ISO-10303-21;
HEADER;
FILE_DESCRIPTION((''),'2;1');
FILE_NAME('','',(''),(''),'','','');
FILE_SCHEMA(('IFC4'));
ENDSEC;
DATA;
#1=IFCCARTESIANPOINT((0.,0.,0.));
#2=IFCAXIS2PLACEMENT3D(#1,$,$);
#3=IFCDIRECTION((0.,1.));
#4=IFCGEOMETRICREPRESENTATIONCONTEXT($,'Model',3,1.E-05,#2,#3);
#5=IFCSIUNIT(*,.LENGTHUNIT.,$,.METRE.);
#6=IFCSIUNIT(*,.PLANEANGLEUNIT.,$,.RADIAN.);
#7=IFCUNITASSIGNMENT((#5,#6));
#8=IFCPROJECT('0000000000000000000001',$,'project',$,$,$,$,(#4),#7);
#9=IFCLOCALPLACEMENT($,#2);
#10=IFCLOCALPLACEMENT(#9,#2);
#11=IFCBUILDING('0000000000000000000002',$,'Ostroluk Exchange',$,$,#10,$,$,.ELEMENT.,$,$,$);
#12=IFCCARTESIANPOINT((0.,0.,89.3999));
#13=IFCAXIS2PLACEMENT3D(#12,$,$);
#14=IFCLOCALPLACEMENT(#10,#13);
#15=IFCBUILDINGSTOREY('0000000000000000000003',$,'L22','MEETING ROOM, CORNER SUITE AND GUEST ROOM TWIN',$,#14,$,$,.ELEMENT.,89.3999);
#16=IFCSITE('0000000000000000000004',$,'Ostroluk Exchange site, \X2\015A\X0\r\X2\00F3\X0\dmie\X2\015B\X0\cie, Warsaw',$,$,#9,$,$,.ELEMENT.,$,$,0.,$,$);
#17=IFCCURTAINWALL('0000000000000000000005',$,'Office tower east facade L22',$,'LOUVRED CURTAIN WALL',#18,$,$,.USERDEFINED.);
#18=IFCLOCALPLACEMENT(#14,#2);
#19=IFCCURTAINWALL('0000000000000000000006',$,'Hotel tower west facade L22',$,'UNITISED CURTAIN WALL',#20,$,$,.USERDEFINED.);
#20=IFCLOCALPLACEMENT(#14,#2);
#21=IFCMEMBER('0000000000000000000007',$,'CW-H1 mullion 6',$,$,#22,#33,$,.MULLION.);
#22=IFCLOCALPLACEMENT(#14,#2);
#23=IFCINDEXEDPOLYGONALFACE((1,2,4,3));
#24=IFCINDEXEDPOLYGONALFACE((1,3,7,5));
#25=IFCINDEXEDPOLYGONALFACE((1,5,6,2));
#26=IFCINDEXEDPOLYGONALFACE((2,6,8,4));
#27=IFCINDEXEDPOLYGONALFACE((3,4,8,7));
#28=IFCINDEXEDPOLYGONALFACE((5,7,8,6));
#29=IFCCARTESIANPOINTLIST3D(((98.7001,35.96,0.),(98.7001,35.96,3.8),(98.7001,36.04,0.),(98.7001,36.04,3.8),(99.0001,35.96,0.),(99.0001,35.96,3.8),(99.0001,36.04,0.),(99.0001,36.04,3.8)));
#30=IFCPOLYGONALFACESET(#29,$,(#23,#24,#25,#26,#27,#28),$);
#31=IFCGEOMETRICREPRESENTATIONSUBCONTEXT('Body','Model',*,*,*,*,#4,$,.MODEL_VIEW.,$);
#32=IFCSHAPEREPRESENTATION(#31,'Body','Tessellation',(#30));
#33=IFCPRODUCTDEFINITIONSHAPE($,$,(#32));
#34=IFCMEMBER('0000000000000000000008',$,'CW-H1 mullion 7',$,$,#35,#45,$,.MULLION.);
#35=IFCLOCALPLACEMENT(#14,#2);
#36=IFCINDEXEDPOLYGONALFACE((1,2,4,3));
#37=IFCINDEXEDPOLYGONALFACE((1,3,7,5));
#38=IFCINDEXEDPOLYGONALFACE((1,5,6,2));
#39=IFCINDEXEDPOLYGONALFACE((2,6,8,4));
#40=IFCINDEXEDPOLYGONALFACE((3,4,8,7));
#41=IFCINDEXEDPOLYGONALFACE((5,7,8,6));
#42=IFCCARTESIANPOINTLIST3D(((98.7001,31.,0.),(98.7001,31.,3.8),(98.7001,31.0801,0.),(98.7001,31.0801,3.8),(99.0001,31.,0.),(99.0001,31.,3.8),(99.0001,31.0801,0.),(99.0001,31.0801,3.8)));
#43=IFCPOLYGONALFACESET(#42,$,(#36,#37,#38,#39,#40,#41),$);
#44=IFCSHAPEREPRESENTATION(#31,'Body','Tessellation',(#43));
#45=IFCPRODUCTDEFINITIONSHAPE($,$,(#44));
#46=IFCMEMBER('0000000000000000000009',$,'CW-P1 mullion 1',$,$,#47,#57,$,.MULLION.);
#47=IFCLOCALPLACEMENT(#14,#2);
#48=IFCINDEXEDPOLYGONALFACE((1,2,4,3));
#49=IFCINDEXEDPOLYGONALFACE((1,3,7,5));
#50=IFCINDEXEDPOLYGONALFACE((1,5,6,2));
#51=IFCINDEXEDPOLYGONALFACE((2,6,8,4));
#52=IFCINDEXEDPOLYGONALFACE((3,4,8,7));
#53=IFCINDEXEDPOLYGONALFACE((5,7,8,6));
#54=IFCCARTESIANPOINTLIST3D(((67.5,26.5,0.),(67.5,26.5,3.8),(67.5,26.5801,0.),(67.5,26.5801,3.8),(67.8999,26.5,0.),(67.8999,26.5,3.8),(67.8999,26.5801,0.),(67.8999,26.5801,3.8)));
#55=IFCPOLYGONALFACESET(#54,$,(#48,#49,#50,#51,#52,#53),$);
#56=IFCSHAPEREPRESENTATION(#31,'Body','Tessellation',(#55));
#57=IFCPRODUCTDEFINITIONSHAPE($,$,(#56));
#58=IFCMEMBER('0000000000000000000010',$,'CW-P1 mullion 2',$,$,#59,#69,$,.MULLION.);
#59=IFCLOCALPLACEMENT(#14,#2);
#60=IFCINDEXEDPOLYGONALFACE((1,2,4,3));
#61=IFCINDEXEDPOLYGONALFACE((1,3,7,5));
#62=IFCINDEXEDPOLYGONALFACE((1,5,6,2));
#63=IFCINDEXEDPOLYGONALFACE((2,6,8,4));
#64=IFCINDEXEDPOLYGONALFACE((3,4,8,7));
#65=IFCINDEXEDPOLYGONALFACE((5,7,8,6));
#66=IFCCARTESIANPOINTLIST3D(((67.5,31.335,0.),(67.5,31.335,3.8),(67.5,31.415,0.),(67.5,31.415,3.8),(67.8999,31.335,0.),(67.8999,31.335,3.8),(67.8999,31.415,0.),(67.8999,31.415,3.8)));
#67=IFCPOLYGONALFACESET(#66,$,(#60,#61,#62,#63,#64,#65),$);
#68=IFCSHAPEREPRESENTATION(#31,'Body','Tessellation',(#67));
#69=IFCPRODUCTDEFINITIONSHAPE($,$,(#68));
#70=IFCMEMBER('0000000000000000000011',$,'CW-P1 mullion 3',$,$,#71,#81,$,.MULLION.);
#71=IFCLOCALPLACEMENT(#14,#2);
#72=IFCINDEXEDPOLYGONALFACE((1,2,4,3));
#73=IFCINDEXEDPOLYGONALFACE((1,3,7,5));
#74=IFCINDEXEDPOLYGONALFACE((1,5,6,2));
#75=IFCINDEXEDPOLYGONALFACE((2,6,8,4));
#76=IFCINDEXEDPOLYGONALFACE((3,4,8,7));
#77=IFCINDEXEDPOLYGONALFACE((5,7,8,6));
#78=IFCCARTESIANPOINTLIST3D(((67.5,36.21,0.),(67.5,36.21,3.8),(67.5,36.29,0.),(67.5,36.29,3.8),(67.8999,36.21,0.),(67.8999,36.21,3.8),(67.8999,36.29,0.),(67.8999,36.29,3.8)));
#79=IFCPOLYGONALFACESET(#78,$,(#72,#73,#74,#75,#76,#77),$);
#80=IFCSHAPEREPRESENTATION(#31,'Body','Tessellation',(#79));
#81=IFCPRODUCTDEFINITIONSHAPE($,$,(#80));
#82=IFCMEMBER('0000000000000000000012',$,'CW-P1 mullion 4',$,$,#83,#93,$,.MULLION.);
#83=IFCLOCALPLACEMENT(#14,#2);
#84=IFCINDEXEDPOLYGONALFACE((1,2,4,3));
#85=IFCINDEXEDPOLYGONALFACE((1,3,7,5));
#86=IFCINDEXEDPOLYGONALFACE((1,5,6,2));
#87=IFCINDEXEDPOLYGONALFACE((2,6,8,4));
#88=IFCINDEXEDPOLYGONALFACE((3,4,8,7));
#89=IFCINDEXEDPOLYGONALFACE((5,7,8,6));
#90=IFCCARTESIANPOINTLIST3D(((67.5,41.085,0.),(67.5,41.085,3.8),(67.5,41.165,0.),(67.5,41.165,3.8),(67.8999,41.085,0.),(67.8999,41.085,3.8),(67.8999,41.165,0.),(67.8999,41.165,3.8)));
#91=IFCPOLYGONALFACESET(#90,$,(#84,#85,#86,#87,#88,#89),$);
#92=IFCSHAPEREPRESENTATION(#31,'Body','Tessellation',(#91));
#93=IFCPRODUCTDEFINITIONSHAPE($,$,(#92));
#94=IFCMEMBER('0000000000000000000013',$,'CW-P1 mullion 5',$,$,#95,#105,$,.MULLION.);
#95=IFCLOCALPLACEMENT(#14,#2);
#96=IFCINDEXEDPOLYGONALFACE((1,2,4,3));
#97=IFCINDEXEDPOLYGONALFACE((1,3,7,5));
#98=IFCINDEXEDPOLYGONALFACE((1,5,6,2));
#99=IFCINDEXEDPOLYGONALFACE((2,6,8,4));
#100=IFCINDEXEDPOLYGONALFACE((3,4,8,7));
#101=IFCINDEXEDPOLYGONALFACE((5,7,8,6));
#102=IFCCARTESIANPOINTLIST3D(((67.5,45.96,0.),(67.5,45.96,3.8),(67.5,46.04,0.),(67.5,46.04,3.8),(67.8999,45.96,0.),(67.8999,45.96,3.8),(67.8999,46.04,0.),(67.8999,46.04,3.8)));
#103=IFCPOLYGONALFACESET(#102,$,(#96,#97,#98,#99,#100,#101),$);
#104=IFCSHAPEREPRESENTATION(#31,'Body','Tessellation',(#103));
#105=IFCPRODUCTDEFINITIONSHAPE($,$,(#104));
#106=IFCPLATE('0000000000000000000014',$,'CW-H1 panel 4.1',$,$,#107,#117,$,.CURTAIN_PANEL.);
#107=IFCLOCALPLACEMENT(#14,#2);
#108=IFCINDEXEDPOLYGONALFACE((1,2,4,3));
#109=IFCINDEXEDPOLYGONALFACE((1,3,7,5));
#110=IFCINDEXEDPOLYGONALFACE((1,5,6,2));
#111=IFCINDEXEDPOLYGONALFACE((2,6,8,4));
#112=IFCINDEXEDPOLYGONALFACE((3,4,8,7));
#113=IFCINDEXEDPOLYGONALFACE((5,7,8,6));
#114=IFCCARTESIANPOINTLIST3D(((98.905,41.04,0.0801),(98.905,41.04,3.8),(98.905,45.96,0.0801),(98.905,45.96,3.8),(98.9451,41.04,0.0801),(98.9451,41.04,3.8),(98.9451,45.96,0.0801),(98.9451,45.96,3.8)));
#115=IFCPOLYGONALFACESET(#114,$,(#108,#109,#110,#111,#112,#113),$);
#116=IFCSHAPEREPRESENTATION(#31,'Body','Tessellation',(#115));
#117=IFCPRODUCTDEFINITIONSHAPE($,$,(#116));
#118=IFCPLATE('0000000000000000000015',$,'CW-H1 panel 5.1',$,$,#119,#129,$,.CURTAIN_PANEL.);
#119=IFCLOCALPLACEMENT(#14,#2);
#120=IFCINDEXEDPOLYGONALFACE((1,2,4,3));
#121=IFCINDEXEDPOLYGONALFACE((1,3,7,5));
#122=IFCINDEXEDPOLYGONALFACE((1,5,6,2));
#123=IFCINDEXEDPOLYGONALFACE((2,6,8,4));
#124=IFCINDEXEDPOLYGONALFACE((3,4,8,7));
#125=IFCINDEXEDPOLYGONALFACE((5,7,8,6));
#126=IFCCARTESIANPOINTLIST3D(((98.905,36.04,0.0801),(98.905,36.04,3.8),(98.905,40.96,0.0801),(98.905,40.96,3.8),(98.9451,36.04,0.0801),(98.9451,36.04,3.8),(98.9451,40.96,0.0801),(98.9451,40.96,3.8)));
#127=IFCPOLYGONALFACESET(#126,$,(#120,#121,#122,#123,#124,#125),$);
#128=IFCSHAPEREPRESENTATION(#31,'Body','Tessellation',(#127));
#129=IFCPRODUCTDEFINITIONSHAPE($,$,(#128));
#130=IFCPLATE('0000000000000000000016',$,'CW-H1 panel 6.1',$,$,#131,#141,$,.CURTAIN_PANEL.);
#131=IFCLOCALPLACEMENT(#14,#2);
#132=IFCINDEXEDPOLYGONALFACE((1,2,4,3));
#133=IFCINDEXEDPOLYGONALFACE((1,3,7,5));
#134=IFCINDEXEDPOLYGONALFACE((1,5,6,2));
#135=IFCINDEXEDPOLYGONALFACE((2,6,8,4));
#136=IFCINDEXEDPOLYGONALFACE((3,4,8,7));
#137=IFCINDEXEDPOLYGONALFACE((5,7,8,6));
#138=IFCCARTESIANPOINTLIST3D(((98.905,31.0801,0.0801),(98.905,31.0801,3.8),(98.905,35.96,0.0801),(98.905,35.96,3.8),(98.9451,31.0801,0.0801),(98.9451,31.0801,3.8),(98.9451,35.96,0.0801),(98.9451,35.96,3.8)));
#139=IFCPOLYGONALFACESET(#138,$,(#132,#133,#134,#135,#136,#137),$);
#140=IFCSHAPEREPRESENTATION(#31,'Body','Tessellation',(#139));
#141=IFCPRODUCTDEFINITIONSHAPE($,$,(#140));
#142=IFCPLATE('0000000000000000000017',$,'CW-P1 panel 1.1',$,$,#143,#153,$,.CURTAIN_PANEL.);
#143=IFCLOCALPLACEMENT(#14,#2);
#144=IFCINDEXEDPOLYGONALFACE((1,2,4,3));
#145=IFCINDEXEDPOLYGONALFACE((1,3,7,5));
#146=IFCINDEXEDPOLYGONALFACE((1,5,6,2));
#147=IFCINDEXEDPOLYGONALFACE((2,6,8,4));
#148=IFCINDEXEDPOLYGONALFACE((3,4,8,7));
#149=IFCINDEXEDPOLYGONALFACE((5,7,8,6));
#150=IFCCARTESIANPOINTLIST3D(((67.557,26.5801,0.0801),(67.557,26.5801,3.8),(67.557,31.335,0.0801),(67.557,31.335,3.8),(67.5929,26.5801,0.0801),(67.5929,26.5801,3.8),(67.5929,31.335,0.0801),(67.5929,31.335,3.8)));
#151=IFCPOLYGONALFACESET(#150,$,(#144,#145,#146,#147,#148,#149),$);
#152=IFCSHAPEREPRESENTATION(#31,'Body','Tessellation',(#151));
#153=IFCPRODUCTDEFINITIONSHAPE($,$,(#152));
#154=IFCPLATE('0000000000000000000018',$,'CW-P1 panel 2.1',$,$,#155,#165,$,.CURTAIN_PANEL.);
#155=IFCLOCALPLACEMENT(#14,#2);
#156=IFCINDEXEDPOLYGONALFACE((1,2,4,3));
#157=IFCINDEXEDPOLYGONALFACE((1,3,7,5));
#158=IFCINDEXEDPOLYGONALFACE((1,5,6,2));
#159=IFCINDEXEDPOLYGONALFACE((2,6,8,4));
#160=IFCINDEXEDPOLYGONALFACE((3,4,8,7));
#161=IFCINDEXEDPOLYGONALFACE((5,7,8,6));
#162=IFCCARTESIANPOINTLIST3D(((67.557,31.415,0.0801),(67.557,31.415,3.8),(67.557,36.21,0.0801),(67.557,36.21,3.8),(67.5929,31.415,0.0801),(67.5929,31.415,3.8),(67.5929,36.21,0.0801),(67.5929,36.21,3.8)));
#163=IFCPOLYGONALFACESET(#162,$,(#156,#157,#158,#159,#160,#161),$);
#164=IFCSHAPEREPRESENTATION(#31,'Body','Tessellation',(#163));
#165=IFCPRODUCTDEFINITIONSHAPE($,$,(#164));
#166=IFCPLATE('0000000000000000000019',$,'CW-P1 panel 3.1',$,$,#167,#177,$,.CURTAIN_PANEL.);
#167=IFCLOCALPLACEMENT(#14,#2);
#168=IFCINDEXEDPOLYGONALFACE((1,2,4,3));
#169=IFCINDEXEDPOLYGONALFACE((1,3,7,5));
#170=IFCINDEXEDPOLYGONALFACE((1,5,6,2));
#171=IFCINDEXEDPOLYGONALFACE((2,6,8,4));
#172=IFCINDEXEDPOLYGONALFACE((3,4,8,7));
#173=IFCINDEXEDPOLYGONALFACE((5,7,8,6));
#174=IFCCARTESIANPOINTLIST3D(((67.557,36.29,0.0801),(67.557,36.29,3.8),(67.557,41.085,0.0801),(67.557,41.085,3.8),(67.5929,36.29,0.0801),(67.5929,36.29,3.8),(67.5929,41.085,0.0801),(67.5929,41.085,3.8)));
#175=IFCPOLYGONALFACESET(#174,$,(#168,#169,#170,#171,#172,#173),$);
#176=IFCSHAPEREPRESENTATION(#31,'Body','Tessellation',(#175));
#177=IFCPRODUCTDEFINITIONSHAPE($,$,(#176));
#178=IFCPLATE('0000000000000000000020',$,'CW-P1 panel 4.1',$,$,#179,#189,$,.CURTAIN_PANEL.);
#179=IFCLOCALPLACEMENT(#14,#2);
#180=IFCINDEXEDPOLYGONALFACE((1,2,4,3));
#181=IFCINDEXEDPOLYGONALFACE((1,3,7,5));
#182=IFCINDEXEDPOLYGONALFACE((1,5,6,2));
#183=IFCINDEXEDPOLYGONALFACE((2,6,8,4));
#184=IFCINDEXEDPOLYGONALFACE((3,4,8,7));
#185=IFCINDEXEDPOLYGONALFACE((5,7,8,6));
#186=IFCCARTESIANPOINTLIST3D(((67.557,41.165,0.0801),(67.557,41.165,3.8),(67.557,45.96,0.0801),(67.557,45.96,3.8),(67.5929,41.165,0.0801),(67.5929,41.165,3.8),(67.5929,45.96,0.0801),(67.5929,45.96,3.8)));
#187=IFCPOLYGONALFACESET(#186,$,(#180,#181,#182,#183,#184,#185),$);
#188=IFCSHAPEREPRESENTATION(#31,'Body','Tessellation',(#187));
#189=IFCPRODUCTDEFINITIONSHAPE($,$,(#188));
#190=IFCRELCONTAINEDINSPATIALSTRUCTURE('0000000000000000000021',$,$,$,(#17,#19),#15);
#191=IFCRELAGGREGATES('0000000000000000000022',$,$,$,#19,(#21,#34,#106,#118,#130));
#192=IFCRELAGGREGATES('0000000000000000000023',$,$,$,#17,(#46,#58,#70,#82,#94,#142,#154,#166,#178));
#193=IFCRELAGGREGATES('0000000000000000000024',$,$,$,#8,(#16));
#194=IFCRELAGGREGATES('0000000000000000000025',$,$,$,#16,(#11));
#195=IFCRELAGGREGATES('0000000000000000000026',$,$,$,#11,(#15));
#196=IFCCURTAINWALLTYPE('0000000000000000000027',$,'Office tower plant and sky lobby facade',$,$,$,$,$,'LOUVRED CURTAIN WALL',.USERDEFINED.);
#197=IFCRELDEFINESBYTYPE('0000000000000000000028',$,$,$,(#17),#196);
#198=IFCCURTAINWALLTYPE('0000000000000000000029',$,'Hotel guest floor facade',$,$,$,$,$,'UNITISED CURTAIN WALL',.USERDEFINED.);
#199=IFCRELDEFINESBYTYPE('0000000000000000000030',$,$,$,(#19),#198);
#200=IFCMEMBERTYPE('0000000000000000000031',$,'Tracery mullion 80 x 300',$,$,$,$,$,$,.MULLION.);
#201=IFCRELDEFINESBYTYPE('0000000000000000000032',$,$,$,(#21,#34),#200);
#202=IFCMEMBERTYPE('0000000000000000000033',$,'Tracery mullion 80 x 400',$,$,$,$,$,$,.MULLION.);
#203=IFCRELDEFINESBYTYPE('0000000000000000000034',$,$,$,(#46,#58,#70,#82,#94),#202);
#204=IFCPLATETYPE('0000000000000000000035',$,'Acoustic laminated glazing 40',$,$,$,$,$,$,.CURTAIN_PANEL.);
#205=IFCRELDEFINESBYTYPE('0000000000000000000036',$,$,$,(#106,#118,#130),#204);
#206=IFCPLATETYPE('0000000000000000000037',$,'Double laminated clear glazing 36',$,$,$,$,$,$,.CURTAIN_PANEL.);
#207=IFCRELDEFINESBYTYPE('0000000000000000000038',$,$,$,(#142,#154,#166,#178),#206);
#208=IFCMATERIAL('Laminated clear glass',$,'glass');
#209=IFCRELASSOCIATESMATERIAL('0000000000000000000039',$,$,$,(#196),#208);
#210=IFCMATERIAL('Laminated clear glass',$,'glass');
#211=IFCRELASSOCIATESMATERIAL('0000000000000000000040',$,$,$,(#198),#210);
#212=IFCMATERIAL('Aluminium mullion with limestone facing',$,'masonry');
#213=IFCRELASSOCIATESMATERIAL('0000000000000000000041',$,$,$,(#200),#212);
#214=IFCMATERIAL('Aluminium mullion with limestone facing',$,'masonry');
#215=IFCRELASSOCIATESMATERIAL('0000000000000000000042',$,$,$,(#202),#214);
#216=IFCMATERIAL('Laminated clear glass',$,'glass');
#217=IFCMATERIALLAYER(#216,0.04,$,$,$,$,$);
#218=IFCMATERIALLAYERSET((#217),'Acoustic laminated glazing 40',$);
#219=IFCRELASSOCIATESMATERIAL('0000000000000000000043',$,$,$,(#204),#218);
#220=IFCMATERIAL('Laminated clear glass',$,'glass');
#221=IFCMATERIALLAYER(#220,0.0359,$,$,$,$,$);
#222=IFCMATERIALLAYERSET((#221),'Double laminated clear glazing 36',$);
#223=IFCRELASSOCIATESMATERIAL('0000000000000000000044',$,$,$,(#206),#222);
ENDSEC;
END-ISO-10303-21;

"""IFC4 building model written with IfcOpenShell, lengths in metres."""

from ifc_helpers import new_model, si_unit, direction, frame, origin, origin_2d, place, context, subcontext, project, spatial, rectangle, extrude, material, layer, layer_set, material_profile, profile_set, type_object, element, aggregate, save


model = new_model("IFC4")

# Units and contexts
model_context = context("Model", 3, precision=1e-05, world=origin(), true_north=direction((0.0, 1.0)))
body_context = subcontext(model_context, "Body", "Model", "MODEL_VIEW")
ifc_project = project(units=[si_unit("LENGTHUNIT", "METRE"), si_unit("PLANEANGLEUNIT", "RADIAN")], contexts=[model_context])

# Site, building, storey
site_placement = place(None, origin())
site = spatial("IfcSite", under=ifc_project, at=site_placement, Name="Ostroluk Exchange site, Śródmieście, Warsaw", CompositionType="ELEMENT", RefElevation=0.0)
building_placement = place(site_placement, origin())
building = spatial("IfcBuilding", under=site, at=building_placement, Name="Ostroluk Exchange", CompositionType="ELEMENT")
storey_placement = place(building_placement, frame((0.0, 0.0, 89.3999)))
storey = spatial("IfcBuildingStorey", under=building, at=storey_placement, Name="L22", Description="MEETING ROOM, CORNER SUITE AND GUEST ROOM TWIN", CompositionType="ELEMENT", Elevation=89.3999)

# Curtain walls, members
ifc_material_1 = material(Name="Laminated clear glass", Category="glass")
curtain_wall_type_1 = type_object("IfcCurtainWallType", Name="Office tower plant and sky lobby facade", ElementType="LOUVRED CURTAIN WALL", PredefinedType="USERDEFINED", material=ifc_material_1)
curtain_wall_1_placement = place(storey_placement, origin())
curtain_wall_1 = element("IfcCurtainWall", 1, at=curtain_wall_1_placement, inside=storey, type_object=curtain_wall_type_1, Name="Office tower east facade L22", ObjectType="LOUVRED CURTAIN WALL", PredefinedType="USERDEFINED")
ifc_material_2 = material(Name="Laminated clear glass", Category="glass")
curtain_wall_type_2 = type_object("IfcCurtainWallType", Name="Hotel guest floor facade", ElementType="UNITISED CURTAIN WALL", PredefinedType="USERDEFINED", material=ifc_material_2)
curtain_wall_2_placement = place(storey_placement, origin())
curtain_wall_2 = element("IfcCurtainWall", 2, at=curtain_wall_2_placement, inside=storey, type_object=curtain_wall_type_2, Name="Hotel tower west facade L22", ObjectType="UNITISED CURTAIN WALL", PredefinedType="USERDEFINED")
ifc_material_3 = material(Name="Aluminium mullion with limestone facing", Category="masonry")
ifc_material_profile_1 = material_profile(ifc_material_3, rectangle(XDim=0.3, YDim=0.0801, at=origin_2d()), Name="Tracery mullion 80 x 300")
ifc_profile_set_1 = profile_set([ifc_material_profile_1], Name="Aluminium mullion with limestone facing")
member_type_1 = type_object("IfcMemberType", Name="Tracery mullion 80 x 300", PredefinedType="MULLION", material=ifc_profile_set_1)
member_1_placement = place(storey_placement, frame((98.8501, 36.0, 0.0), z_axis=(0.0, 0.0, 1.0), x_axis=(1.0, 0.0, 0.0)))
member_1 = element("IfcMember", 3, at=member_1_placement, type_object=member_type_1, Name="CW-H1 mullion 6", PredefinedType="MULLION", context=body_context, shape_type="SweptSolid", body=[
    extrude(rectangle(XDim=0.3, YDim=0.0801, at=origin_2d()), origin(), (0.0, 0.0, 1.0), 3.8),
])
member_2_placement = place(storey_placement, frame((98.8501, 31.04, 0.0), z_axis=(0.0, 0.0, 1.0), x_axis=(1.0, 0.0, 0.0)))
member_2 = element("IfcMember", 4, at=member_2_placement, type_object=member_type_1, Name="CW-H1 mullion 7", PredefinedType="MULLION", context=body_context, shape_type="SweptSolid", body=[
    extrude(rectangle(XDim=0.3, YDim=0.0801, at=origin_2d()), origin(), (0.0, 0.0, 1.0), 3.8),
])

# Members
ifc_material_4 = material(Name="Aluminium mullion with limestone facing", Category="masonry")
ifc_material_profile_2 = material_profile(ifc_material_4, rectangle(XDim=0.3999, YDim=0.0801, at=origin_2d()), Name="Tracery mullion 80 x 400")
ifc_profile_set_2 = profile_set([ifc_material_profile_2], Name="Aluminium mullion with limestone facing")
member_type_2 = type_object("IfcMemberType", Name="Tracery mullion 80 x 400", PredefinedType="MULLION", material=ifc_profile_set_2)
member_3_placement = place(storey_placement, frame((67.7, 26.54, 0.0), z_axis=(0.0, 0.0, 1.0), x_axis=(-1.0, 0.0, 0.0)))
member_3 = element("IfcMember", 5, at=member_3_placement, type_object=member_type_2, Name="CW-P1 mullion 1", PredefinedType="MULLION", context=body_context, shape_type="SweptSolid", body=[
    extrude(rectangle(XDim=0.3999, YDim=0.0801, at=origin_2d()), origin(), (0.0, 0.0, 1.0), 3.8),
])
member_4_placement = place(storey_placement, frame((67.7, 31.375, 0.0), z_axis=(0.0, 0.0, 1.0), x_axis=(-1.0, 0.0, 0.0)))
member_4 = element("IfcMember", 6, at=member_4_placement, type_object=member_type_2, Name="CW-P1 mullion 2", PredefinedType="MULLION", context=body_context, shape_type="SweptSolid", body=[
    extrude(rectangle(XDim=0.3999, YDim=0.0801, at=origin_2d()), origin(), (0.0, 0.0, 1.0), 3.8),
])
member_5_placement = place(storey_placement, frame((67.7, 36.25, 0.0), z_axis=(0.0, 0.0, 1.0), x_axis=(-1.0, 0.0, 0.0)))
member_5 = element("IfcMember", 7, at=member_5_placement, type_object=member_type_2, Name="CW-P1 mullion 3", PredefinedType="MULLION", context=body_context, shape_type="SweptSolid", body=[
    extrude(rectangle(XDim=0.3999, YDim=0.0801, at=origin_2d()), origin(), (0.0, 0.0, 1.0), 3.8),
])
member_6_placement = place(storey_placement, frame((67.7, 41.125, 0.0), z_axis=(0.0, 0.0, 1.0), x_axis=(-1.0, 0.0, 0.0)))
member_6 = element("IfcMember", 8, at=member_6_placement, type_object=member_type_2, Name="CW-P1 mullion 4", PredefinedType="MULLION", context=body_context, shape_type="SweptSolid", body=[
    extrude(rectangle(XDim=0.3999, YDim=0.0801, at=origin_2d()), origin(), (0.0, 0.0, 1.0), 3.8),
])
member_7_placement = place(storey_placement, frame((67.7, 46.0, 0.0), z_axis=(0.0, 0.0, 1.0), x_axis=(-1.0, 0.0, 0.0)))
member_7 = element("IfcMember", 9, at=member_7_placement, type_object=member_type_2, Name="CW-P1 mullion 5", PredefinedType="MULLION", context=body_context, shape_type="SweptSolid", body=[
    extrude(rectangle(XDim=0.3999, YDim=0.0801, at=origin_2d()), origin(), (0.0, 0.0, 1.0), 3.8),
])

# Plates
ifc_material_5 = material(Name="Laminated clear glass", Category="glass")
ifc_layer_1 = layer(ifc_material_5, 0.04)
ifc_layer_set_1 = layer_set([ifc_layer_1], Name="Acoustic laminated glazing 40")
plate_type_1 = type_object("IfcPlateType", Name="Acoustic laminated glazing 40", PredefinedType="CURTAIN_PANEL", material=ifc_layer_set_1)
plate_1_placement = place(storey_placement, frame((98.925, 43.5, 0.0801), z_axis=(0.0, 0.0, 1.0), x_axis=(0.0, -1.0, 0.0)))
plate_1 = element("IfcPlate", 10, at=plate_1_placement, type_object=plate_type_1, Name="CW-H1 panel 4.1", PredefinedType="CURTAIN_PANEL", context=body_context, shape_type="SweptSolid", body=[
    extrude(rectangle(XDim=4.9199, YDim=0.04, at=origin_2d()), origin(), (0.0, 0.0, 1.0), 3.72),
])
plate_2_placement = place(storey_placement, frame((98.925, 38.5, 0.0801), z_axis=(0.0, 0.0, 1.0), x_axis=(0.0, -1.0, 0.0)))
plate_2 = element("IfcPlate", 11, at=plate_2_placement, type_object=plate_type_1, Name="CW-H1 panel 5.1", PredefinedType="CURTAIN_PANEL", context=body_context, shape_type="SweptSolid", body=[
    extrude(rectangle(XDim=4.9199, YDim=0.04, at=origin_2d()), origin(), (0.0, 0.0, 1.0), 3.72),
])
plate_3_placement = place(storey_placement, frame((98.925, 33.52, 0.0801), z_axis=(0.0, 0.0, 1.0), x_axis=(0.0, -1.0, 0.0)))
plate_3 = element("IfcPlate", 12, at=plate_3_placement, type_object=plate_type_1, Name="CW-H1 panel 6.1", PredefinedType="CURTAIN_PANEL", context=body_context, shape_type="SweptSolid", body=[
    extrude(rectangle(XDim=4.8799, YDim=0.04, at=origin_2d()), origin(), (0.0, 0.0, 1.0), 3.72),
])
aggregate(curtain_wall_2, [member_1, member_2, plate_1, plate_2, plate_3])
ifc_material_6 = material(Name="Laminated clear glass", Category="glass")
ifc_layer_2 = layer(ifc_material_6, 0.0359)
ifc_layer_set_2 = layer_set([ifc_layer_2], Name="Double laminated clear glazing 36")
plate_type_2 = type_object("IfcPlateType", Name="Double laminated clear glazing 36", PredefinedType="CURTAIN_PANEL", material=ifc_layer_set_2)
plate_4_placement = place(storey_placement, frame((67.575, 28.9575, 0.0801), z_axis=(0.0, 0.0, 1.0), x_axis=(0.0, 1.0, 0.0)))
plate_4 = element("IfcPlate", 13, at=plate_4_placement, type_object=plate_type_2, Name="CW-P1 panel 1.1", PredefinedType="CURTAIN_PANEL", context=body_context, shape_type="SweptSolid", body=[
    extrude(rectangle(XDim=4.7549, YDim=0.0359, at=origin_2d()), origin(), (0.0, 0.0, 1.0), 3.72),
])
plate_5_placement = place(storey_placement, frame((67.575, 33.8125, 0.0801), z_axis=(0.0, 0.0, 1.0), x_axis=(0.0, 1.0, 0.0)))
plate_5 = element("IfcPlate", 14, at=plate_5_placement, type_object=plate_type_2, Name="CW-P1 panel 2.1", PredefinedType="CURTAIN_PANEL", context=body_context, shape_type="SweptSolid", body=[
    extrude(rectangle(XDim=4.7949, YDim=0.0359, at=origin_2d()), origin(), (0.0, 0.0, 1.0), 3.72),
])
plate_6_placement = place(storey_placement, frame((67.575, 38.6875, 0.0801), z_axis=(0.0, 0.0, 1.0), x_axis=(0.0, 1.0, 0.0)))
plate_6 = element("IfcPlate", 15, at=plate_6_placement, type_object=plate_type_2, Name="CW-P1 panel 3.1", PredefinedType="CURTAIN_PANEL", context=body_context, shape_type="SweptSolid", body=[
    extrude(rectangle(XDim=4.7949, YDim=0.0359, at=origin_2d()), origin(), (0.0, 0.0, 1.0), 3.72),
])
plate_7_placement = place(storey_placement, frame((67.575, 43.5625, 0.0801), z_axis=(0.0, 0.0, 1.0), x_axis=(0.0, 1.0, 0.0)))
plate_7 = element("IfcPlate", 16, at=plate_7_placement, type_object=plate_type_2, Name="CW-P1 panel 4.1", PredefinedType="CURTAIN_PANEL", context=body_context, shape_type="SweptSolid", body=[
    extrude(rectangle(XDim=4.7949, YDim=0.0359, at=origin_2d()), origin(), (0.0, 0.0, 1.0), 3.72),
])
aggregate(curtain_wall_1, [member_3, member_4, member_5, member_6, member_7, plate_4, plate_5, plate_6, plate_7])

save(model, "model.ifc")
